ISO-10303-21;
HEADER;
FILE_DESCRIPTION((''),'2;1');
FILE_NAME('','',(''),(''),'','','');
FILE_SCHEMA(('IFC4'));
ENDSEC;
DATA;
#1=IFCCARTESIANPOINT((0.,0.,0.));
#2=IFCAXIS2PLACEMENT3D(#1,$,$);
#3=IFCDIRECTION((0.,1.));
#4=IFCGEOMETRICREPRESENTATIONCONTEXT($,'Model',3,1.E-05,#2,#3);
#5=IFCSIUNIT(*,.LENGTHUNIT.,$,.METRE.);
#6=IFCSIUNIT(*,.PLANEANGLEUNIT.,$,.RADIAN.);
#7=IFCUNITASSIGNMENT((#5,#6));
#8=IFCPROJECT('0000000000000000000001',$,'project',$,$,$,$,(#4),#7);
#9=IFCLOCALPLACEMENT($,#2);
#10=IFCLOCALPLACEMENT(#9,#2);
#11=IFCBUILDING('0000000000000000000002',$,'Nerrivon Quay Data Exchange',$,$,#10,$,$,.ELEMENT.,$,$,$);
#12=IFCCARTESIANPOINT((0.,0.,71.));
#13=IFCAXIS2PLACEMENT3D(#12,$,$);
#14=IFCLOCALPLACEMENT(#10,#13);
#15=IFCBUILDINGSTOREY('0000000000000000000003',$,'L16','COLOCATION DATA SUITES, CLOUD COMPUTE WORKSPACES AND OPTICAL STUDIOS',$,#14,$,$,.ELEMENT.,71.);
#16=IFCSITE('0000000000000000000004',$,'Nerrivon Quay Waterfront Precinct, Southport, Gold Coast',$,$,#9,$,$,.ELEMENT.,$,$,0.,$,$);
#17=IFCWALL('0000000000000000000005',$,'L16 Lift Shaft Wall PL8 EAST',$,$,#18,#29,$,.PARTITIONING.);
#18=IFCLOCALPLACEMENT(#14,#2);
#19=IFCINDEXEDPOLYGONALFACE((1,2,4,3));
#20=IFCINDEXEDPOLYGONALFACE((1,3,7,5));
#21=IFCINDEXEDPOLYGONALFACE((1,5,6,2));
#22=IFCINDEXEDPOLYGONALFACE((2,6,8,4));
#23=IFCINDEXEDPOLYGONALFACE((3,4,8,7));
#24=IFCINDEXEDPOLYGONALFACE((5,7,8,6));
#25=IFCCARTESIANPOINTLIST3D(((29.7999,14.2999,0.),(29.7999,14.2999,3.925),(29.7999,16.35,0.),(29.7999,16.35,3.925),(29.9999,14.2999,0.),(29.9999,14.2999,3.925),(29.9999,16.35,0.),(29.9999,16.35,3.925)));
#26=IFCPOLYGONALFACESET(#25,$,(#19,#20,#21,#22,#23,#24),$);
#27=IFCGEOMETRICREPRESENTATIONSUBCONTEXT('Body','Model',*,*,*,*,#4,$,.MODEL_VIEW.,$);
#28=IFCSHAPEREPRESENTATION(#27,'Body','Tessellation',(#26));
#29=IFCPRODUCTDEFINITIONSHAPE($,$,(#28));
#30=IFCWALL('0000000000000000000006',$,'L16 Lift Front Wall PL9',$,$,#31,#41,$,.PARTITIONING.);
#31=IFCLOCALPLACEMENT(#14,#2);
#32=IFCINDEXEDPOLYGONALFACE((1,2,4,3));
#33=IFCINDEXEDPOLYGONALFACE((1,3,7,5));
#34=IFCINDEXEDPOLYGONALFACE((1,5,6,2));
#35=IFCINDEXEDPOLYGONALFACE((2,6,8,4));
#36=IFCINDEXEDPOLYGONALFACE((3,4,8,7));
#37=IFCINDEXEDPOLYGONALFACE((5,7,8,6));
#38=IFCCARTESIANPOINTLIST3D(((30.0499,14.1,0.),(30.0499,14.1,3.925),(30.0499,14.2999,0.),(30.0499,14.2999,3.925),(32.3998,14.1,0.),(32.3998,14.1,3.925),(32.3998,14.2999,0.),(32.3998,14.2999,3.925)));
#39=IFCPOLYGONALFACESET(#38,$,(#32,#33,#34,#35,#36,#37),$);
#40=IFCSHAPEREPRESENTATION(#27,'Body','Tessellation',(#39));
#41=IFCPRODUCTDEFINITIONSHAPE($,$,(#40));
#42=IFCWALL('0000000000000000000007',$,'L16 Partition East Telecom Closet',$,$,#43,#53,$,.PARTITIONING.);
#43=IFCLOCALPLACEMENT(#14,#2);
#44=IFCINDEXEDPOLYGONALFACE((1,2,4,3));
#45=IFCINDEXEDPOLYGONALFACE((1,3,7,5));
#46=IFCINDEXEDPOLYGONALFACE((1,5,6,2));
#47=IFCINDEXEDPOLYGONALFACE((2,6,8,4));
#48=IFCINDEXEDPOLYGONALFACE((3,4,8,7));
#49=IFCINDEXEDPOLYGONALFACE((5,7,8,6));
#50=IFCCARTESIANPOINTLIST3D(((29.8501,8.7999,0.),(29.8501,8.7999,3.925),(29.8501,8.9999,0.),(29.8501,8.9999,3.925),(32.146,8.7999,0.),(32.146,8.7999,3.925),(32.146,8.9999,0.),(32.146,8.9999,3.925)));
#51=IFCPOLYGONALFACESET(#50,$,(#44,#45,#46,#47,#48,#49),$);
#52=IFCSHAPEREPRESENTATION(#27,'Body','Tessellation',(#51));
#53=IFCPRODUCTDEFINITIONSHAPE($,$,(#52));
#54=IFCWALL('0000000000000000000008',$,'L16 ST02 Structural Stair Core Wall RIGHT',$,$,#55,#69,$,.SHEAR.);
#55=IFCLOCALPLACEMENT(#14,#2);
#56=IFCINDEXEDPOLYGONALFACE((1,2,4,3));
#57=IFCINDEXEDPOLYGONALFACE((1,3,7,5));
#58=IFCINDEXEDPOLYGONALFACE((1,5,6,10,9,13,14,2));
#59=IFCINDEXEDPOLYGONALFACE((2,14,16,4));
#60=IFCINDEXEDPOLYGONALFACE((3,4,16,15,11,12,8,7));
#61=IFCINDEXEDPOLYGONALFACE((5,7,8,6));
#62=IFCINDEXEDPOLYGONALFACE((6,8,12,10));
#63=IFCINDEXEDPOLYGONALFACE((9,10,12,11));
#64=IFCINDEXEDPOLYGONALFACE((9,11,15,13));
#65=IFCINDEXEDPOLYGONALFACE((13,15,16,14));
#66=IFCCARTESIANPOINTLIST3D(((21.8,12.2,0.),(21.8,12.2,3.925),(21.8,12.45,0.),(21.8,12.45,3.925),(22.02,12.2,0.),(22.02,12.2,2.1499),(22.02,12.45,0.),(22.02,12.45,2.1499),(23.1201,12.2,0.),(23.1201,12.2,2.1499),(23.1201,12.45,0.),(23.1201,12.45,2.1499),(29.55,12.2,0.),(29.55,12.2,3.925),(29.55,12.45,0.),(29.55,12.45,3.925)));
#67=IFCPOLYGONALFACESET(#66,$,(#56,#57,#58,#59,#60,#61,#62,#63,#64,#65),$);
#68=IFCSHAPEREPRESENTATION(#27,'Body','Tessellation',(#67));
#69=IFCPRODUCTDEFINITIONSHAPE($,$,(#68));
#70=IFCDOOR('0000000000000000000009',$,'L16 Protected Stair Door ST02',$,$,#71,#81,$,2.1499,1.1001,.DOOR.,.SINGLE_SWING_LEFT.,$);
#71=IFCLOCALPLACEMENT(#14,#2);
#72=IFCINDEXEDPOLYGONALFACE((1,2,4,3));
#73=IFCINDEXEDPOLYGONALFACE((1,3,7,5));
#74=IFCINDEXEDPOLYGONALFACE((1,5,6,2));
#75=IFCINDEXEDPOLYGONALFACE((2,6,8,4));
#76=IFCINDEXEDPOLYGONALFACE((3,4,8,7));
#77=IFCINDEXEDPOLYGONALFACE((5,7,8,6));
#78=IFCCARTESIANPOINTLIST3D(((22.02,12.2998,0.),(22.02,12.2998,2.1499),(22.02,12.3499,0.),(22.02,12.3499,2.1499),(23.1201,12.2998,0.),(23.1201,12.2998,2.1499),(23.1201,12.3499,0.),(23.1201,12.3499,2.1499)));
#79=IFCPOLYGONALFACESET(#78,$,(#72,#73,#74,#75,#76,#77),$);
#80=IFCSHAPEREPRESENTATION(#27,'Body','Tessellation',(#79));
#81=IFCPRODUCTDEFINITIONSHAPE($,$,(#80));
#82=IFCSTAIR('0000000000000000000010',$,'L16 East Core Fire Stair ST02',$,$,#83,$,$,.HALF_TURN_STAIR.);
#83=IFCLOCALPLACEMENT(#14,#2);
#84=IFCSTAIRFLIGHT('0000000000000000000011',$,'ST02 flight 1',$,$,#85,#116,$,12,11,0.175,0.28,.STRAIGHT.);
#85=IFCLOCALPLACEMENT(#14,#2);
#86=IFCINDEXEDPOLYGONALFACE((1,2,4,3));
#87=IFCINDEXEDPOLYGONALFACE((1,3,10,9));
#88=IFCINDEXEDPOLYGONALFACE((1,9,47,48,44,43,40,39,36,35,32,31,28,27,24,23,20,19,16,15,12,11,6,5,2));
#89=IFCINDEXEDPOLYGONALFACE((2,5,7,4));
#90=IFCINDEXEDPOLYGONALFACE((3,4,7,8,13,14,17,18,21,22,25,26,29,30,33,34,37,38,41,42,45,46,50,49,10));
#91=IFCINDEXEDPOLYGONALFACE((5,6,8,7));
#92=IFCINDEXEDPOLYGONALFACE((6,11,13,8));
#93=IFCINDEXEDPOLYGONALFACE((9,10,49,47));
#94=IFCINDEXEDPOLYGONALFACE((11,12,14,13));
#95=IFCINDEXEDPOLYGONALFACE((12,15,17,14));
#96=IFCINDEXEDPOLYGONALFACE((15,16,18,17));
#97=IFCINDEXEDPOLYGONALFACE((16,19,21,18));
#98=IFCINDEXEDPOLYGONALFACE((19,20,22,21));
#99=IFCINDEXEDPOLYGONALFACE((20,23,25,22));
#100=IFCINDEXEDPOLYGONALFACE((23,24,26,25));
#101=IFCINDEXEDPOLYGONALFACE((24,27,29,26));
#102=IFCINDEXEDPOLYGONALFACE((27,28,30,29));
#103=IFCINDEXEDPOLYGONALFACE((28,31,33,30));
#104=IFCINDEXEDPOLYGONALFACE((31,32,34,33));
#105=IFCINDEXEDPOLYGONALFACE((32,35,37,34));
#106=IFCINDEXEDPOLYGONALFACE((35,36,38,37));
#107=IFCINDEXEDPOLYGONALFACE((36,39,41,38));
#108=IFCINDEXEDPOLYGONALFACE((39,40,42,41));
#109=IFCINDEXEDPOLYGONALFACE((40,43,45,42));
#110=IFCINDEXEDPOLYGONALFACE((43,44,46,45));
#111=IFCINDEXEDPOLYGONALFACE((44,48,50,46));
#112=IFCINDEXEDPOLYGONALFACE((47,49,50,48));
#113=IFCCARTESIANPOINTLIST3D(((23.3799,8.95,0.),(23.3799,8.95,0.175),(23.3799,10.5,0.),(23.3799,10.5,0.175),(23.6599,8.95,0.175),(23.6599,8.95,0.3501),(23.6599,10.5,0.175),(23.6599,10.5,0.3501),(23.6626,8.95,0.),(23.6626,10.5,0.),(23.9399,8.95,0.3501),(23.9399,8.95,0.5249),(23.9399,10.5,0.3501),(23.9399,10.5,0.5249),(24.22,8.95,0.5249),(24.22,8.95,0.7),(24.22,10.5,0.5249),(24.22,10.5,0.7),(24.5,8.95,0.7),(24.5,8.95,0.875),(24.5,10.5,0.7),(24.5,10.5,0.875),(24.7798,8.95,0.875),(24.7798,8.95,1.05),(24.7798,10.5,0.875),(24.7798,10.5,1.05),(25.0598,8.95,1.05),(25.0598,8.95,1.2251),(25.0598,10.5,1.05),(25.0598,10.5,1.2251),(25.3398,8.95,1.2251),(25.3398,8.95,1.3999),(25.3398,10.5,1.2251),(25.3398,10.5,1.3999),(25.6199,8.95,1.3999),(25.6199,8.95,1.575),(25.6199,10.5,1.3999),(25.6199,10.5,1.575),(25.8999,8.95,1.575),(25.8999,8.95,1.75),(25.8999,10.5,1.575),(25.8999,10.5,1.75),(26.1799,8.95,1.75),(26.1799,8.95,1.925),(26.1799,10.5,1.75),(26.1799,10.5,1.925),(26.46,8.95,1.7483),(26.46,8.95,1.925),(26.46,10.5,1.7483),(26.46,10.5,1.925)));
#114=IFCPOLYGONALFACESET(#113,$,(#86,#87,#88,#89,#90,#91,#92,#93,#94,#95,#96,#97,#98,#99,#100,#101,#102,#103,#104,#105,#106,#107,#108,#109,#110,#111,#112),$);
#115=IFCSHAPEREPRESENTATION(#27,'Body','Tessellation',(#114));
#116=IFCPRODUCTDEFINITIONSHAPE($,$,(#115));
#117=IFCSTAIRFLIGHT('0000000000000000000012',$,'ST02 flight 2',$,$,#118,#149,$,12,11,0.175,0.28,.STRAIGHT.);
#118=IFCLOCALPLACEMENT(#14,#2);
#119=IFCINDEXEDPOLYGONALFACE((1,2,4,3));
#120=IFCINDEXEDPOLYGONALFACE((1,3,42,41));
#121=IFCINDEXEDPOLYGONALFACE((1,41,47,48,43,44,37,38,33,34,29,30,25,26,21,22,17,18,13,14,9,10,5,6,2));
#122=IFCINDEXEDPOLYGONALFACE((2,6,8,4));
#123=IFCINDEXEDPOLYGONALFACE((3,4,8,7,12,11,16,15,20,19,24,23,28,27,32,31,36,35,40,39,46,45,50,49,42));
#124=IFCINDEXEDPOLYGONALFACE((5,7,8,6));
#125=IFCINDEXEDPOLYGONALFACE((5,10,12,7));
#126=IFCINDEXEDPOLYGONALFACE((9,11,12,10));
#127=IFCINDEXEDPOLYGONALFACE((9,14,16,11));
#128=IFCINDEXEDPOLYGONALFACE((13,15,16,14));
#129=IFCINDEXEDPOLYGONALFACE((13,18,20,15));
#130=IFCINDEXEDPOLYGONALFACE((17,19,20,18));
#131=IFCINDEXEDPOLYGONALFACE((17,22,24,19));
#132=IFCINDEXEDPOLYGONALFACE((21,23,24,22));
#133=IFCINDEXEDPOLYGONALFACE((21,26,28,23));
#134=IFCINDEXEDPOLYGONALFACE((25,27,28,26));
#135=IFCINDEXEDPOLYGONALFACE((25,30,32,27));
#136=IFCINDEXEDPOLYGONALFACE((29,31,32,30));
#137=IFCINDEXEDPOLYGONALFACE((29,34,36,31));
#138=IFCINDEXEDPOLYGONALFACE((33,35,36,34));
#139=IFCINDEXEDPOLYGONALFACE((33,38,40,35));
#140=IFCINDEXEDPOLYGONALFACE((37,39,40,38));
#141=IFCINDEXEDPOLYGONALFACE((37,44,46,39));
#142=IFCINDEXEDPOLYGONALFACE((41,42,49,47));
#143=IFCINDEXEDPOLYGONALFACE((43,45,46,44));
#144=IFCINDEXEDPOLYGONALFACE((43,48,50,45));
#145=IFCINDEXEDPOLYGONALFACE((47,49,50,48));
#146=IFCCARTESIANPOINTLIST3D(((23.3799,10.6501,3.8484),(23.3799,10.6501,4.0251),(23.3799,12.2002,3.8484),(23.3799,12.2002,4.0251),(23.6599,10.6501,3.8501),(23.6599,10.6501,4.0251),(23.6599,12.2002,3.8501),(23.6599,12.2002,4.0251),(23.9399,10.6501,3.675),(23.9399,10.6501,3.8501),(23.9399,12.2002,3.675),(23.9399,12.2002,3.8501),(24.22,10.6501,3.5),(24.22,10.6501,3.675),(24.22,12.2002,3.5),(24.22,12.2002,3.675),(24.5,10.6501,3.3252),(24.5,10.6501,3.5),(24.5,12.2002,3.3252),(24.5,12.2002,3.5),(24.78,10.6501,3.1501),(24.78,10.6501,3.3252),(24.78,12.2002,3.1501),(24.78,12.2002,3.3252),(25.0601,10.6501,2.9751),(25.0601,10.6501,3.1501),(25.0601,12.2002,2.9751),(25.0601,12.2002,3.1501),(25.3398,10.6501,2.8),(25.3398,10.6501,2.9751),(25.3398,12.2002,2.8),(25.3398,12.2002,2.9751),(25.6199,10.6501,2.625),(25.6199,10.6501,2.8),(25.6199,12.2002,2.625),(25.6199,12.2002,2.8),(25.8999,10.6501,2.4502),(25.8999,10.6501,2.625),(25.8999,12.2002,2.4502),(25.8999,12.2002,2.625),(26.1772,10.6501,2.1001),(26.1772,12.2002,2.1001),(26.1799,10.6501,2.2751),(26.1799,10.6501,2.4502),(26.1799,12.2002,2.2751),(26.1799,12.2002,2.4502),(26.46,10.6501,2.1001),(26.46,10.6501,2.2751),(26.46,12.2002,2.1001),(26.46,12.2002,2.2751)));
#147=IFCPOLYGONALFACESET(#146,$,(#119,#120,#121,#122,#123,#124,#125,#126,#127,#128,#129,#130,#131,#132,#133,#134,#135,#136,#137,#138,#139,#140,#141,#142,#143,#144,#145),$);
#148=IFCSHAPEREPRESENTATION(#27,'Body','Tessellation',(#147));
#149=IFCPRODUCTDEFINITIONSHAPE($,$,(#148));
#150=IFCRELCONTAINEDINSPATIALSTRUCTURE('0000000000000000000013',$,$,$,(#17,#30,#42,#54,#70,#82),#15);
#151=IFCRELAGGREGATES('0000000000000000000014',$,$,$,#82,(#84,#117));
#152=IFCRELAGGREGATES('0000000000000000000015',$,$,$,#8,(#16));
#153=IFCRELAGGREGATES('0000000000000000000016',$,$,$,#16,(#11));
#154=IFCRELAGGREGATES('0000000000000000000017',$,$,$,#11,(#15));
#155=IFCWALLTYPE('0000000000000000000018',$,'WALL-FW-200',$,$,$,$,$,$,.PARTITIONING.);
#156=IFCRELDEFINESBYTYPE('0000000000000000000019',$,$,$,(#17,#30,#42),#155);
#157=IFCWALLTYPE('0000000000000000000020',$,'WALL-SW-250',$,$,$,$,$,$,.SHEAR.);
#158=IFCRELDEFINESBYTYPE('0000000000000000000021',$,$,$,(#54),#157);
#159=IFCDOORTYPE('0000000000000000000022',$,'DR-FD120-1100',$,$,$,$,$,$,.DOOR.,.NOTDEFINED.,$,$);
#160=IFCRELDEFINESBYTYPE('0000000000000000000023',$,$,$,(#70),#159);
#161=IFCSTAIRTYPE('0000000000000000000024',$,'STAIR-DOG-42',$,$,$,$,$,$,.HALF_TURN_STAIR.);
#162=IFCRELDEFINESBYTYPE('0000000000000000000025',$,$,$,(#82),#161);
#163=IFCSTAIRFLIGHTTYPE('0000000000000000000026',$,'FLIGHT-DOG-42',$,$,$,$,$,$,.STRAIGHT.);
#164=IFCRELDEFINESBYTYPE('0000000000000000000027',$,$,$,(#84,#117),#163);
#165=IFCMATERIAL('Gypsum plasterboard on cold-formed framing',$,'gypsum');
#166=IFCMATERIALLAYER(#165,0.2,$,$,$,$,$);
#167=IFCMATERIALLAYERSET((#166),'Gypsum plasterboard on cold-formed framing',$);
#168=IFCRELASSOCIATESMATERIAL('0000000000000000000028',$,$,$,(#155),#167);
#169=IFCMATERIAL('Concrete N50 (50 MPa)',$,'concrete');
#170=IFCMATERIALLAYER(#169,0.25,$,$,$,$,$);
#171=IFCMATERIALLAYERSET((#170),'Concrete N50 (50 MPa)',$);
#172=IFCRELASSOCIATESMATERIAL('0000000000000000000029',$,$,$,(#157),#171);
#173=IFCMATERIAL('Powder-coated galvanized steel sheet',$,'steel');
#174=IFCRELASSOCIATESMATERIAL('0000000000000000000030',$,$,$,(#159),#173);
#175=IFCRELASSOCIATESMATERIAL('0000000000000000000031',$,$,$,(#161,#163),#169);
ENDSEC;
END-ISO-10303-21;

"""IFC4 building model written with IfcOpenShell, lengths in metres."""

from ifc_helpers import new_model, si_unit, direction, frame, frame_2d, origin, place, context, subcontext, project, spatial, polyline, rectangle, outline, extrude, material, layer, layer_set, type_object, element, fill, aggregate, save


model = new_model("IFC4")

# Units and contexts
model_context = context("Model", 3, precision=1e-05, world=origin(), true_north=direction((0.0, 1.0)))
body_context = subcontext(model_context, "Body", "Model", "MODEL_VIEW")
ifc_project = project(units=[si_unit("LENGTHUNIT", "METRE"), si_unit("PLANEANGLEUNIT", "RADIAN")], contexts=[model_context])

# Site, building, storey
site_placement = place(None, origin())
site = spatial("IfcSite", under=ifc_project, at=site_placement, Name="Nerrivon Quay Waterfront Precinct, Southport, Gold Coast", CompositionType="ELEMENT", RefElevation=0.0)
building_placement = place(site_placement, origin())
building = spatial("IfcBuilding", under=site, at=building_placement, Name="Nerrivon Quay Data Exchange", CompositionType="ELEMENT")
storey_placement = place(building_placement, frame((0.0, 0.0, 71.0)))
storey = spatial("IfcBuildingStorey", under=building, at=storey_placement, Name="L16", Description="COLOCATION DATA SUITES, CLOUD COMPUTE WORKSPACES AND OPTICAL STUDIOS", CompositionType="ELEMENT", Elevation=71.0)

# Shared definitions
ifc_material_1 = material(Name="Gypsum plasterboard on cold-formed framing", Category="gypsum")
ifc_layer_1 = layer(ifc_material_1, 0.2)
ifc_layer_set_1 = layer_set([ifc_layer_1], Name="Gypsum plasterboard on cold-formed framing")
wall_type_1 = type_object("IfcWallType", Name="WALL-FW-200", PredefinedType="PARTITIONING", material=ifc_layer_set_1)

# Shared definitions
ifc_material_2 = material(Name="Powder-coated galvanized steel sheet", Category="steel")

# Walls
wall_1_placement = place(storey_placement, frame((29.8999, 14.3, 0.0), z_axis=(0.0, 0.0, 1.0), x_axis=(0.0, 1.0, 0.0)))
element("IfcWall", 1, at=wall_1_placement, inside=storey, type_object=wall_type_1, Name="L16 Lift Shaft Wall PL8 EAST", PredefinedType="PARTITIONING", context=body_context, shape_type="SweptSolid", body=[
    extrude(rectangle(XDim=2.05, YDim=0.2, at=frame_2d((1.0249, 0.0))), origin(), (0.0, 0.0, 1.0), 3.925),
])
wall_2_placement = place(storey_placement, frame((30.05, 14.2, 0.0), z_axis=(0.0, 0.0, 1.0), x_axis=(1.0, 0.0, 0.0)))
element("IfcWall", 2, at=wall_2_placement, inside=storey, type_object=wall_type_1, Name="L16 Lift Front Wall PL9", PredefinedType="PARTITIONING", context=body_context, shape_type="SweptSolid", body=[
    extrude(rectangle(XDim=2.3499, YDim=0.2, at=frame_2d((1.1748, 0.0))), origin(), (0.0, 0.0, 1.0), 3.925),
])

# Wall
wall_3_placement = place(storey_placement, frame((29.8501, 8.8999, 0.0), z_axis=(0.0, 0.0, 1.0), x_axis=(1.0, 0.0, 0.0)))
element("IfcWall", 3, at=wall_3_placement, inside=storey, type_object=wall_type_1, Name="L16 Partition East Telecom Closet", PredefinedType="PARTITIONING", context=body_context, shape_type="SweptSolid", body=[
    extrude(rectangle(XDim=2.2959, YDim=0.2, at=frame_2d((1.1479, 0.0))), origin(), (0.0, 0.0, 1.0), 3.925),
])

# Wall, opening, door
ifc_material_3 = material(Name="Concrete N50 (50 MPa)", Category="concrete")
ifc_layer_2 = layer(ifc_material_3, 0.25)
ifc_layer_set_2 = layer_set([ifc_layer_2], Name="Concrete N50 (50 MPa)")
wall_type_2 = type_object("IfcWallType", Name="WALL-SW-250", PredefinedType="SHEAR", material=ifc_layer_set_2)
wall_4_placement = place(storey_placement, frame((21.8, 12.325, 0.0), z_axis=(0.0, 0.0, 1.0), x_axis=(1.0, 0.0, 0.0)))
wall_4 = element("IfcWall", 4, at=wall_4_placement, inside=storey, type_object=wall_type_2, Name="L16 ST02 Structural Stair Core Wall RIGHT", PredefinedType="SHEAR", context=body_context, shape_type="SweptSolid", body=[
    extrude(rectangle(XDim=7.75, YDim=0.25, at=frame_2d((3.875, 0.0))), origin(), (0.0, 0.0, 1.0), 3.925),
])
opening_1_placement = place(wall_4_placement, frame((0.22, 0.0, 0.0)))
opening_1 = element("IfcOpeningElement", 5, at=opening_1_placement, cuts=wall_4, PredefinedType="OPENING", context=body_context, shape_type="SweptSolid", body=[
    extrude(rectangle(XDim=1.1001, YDim=2.1499, at=frame_2d((0.55, 1.075))), frame((0.0, 0.135, 0.0), z_axis=(0.0, -1.0, 0.0), x_axis=(1.0, 0.0, 0.0)), (0.0, 0.0, 1.0), 0.27),
])
door_type_1 = type_object("IfcDoorType", Name="DR-FD120-1100", OperationType="NOTDEFINED", PredefinedType="DOOR", material=ifc_material_2)
door_1_placement = place(opening_1_placement, origin())
door_1 = element("IfcDoor", 6, at=door_1_placement, inside=storey, type_object=door_type_1, Name="L16 Protected Stair Door ST02", OperationType="SINGLE_SWING_LEFT", OverallHeight=2.1499, OverallWidth=1.1001, PredefinedType="DOOR", context=body_context, shape_type="SweptSolid", body=[
    extrude(rectangle(XDim=1.1001, YDim=2.1499, at=frame_2d((0.55, 1.075))), frame((0.0, 0.0249, 0.0), z_axis=(0.0, -1.0, 0.0), x_axis=(1.0, 0.0, 0.0)), (0.0, 0.0, 1.0), 0.05),
])
fill(opening_1, door_1)

# Stair, stair flights
stair_type = type_object("IfcStairType", Name="STAIR-DOG-42", PredefinedType="HALF_TURN_STAIR", material=ifc_material_3)
stair_placement = place(storey_placement, origin())
stair = element("IfcStair", 7, at=stair_placement, inside=storey, type_object=stair_type, Name="L16 East Core Fire Stair ST02", PredefinedType="HALF_TURN_STAIR")
stair_flight_type = type_object("IfcStairFlightType", Name="FLIGHT-DOG-42", PredefinedType="STRAIGHT", material=ifc_material_3)
stair_flight_1_placement = place(storey_placement, frame((23.3799, 9.7251, 0.0), z_axis=(0.0, 0.0, 1.0), x_axis=(1.0, 0.0, 0.0)))
stair_flight_1 = element("IfcStairFlight", 8, at=stair_flight_1_placement, type_object=stair_flight_type, Name="ST02 flight 1", NumberOfRisers=12, NumberOfTreads=11, PredefinedType="STRAIGHT", RiserHeight=0.175, TreadLength=0.28, context=body_context, shape_type="SweptSolid", body=[
    extrude(outline(polyline([(0.0, 0.0), (0.0, 0.175), (0.28, 0.175), (0.28, 0.3501), (0.5601, 0.3501), (0.5601, 0.5249), (0.8401, 0.5249), (0.8401, 0.7), (1.1201, 0.7), (1.1201, 0.875), (1.3999, 0.875), (1.3999, 1.05), (1.6799, 1.05), (1.6799, 1.2251), (1.96, 1.2251), (1.96, 1.3999), (2.24, 1.3999), (2.24, 1.575), (2.52, 1.575), (2.52, 1.75), (2.8, 1.75), (2.8, 1.925), (3.0801, 1.925), (3.0801, 2.1001), (3.0801, 1.7483), (0.2827, 0.0), (0.0, 0.0)])), frame((0.0, 0.7749, 0.0), z_axis=(0.0, -1.0, 0.0), x_axis=(1.0, 0.0, 0.0)), (0.0, 0.0, 1.0), 1.55),
])
stair_flight_2_placement = place(storey_placement, frame((26.46, 11.425, 2.1001), z_axis=(0.0, 0.0, 1.0), x_axis=(-1.0, 0.0, 0.0)))
stair_flight_2 = element("IfcStairFlight", 9, at=stair_flight_2_placement, type_object=stair_flight_type, Name="ST02 flight 2", NumberOfRisers=12, NumberOfTreads=11, PredefinedType="STRAIGHT", RiserHeight=0.175, TreadLength=0.28, context=body_context, shape_type="SweptSolid", body=[
    extrude(outline(polyline([(0.0, 0.0), (0.0, 0.175), (0.28, 0.175), (0.28, 0.3501), (0.5601, 0.3501), (0.5601, 0.5249), (0.8401, 0.5249), (0.8401, 0.7), (1.1201, 0.7), (1.1201, 0.875), (1.3999, 0.875), (1.3999, 1.05), (1.6799, 1.05), (1.6799, 1.2251), (1.96, 1.2251), (1.96, 1.3999), (2.24, 1.3999), (2.24, 1.575), (2.52, 1.575), (2.52, 1.75), (2.8, 1.75), (2.8, 1.925), (3.0801, 1.925), (3.0801, 2.1001), (3.0801, 1.7483), (0.2827, 0.0), (0.0, 0.0)])), frame((0.0, 0.7749, 0.0), z_axis=(0.0, -1.0, 0.0), x_axis=(1.0, 0.0, 0.0)), (0.0, 0.0, 1.0), 1.55),
])
aggregate(stair, [stair_flight_1, stair_flight_2])

save(model, "model.ifc")
